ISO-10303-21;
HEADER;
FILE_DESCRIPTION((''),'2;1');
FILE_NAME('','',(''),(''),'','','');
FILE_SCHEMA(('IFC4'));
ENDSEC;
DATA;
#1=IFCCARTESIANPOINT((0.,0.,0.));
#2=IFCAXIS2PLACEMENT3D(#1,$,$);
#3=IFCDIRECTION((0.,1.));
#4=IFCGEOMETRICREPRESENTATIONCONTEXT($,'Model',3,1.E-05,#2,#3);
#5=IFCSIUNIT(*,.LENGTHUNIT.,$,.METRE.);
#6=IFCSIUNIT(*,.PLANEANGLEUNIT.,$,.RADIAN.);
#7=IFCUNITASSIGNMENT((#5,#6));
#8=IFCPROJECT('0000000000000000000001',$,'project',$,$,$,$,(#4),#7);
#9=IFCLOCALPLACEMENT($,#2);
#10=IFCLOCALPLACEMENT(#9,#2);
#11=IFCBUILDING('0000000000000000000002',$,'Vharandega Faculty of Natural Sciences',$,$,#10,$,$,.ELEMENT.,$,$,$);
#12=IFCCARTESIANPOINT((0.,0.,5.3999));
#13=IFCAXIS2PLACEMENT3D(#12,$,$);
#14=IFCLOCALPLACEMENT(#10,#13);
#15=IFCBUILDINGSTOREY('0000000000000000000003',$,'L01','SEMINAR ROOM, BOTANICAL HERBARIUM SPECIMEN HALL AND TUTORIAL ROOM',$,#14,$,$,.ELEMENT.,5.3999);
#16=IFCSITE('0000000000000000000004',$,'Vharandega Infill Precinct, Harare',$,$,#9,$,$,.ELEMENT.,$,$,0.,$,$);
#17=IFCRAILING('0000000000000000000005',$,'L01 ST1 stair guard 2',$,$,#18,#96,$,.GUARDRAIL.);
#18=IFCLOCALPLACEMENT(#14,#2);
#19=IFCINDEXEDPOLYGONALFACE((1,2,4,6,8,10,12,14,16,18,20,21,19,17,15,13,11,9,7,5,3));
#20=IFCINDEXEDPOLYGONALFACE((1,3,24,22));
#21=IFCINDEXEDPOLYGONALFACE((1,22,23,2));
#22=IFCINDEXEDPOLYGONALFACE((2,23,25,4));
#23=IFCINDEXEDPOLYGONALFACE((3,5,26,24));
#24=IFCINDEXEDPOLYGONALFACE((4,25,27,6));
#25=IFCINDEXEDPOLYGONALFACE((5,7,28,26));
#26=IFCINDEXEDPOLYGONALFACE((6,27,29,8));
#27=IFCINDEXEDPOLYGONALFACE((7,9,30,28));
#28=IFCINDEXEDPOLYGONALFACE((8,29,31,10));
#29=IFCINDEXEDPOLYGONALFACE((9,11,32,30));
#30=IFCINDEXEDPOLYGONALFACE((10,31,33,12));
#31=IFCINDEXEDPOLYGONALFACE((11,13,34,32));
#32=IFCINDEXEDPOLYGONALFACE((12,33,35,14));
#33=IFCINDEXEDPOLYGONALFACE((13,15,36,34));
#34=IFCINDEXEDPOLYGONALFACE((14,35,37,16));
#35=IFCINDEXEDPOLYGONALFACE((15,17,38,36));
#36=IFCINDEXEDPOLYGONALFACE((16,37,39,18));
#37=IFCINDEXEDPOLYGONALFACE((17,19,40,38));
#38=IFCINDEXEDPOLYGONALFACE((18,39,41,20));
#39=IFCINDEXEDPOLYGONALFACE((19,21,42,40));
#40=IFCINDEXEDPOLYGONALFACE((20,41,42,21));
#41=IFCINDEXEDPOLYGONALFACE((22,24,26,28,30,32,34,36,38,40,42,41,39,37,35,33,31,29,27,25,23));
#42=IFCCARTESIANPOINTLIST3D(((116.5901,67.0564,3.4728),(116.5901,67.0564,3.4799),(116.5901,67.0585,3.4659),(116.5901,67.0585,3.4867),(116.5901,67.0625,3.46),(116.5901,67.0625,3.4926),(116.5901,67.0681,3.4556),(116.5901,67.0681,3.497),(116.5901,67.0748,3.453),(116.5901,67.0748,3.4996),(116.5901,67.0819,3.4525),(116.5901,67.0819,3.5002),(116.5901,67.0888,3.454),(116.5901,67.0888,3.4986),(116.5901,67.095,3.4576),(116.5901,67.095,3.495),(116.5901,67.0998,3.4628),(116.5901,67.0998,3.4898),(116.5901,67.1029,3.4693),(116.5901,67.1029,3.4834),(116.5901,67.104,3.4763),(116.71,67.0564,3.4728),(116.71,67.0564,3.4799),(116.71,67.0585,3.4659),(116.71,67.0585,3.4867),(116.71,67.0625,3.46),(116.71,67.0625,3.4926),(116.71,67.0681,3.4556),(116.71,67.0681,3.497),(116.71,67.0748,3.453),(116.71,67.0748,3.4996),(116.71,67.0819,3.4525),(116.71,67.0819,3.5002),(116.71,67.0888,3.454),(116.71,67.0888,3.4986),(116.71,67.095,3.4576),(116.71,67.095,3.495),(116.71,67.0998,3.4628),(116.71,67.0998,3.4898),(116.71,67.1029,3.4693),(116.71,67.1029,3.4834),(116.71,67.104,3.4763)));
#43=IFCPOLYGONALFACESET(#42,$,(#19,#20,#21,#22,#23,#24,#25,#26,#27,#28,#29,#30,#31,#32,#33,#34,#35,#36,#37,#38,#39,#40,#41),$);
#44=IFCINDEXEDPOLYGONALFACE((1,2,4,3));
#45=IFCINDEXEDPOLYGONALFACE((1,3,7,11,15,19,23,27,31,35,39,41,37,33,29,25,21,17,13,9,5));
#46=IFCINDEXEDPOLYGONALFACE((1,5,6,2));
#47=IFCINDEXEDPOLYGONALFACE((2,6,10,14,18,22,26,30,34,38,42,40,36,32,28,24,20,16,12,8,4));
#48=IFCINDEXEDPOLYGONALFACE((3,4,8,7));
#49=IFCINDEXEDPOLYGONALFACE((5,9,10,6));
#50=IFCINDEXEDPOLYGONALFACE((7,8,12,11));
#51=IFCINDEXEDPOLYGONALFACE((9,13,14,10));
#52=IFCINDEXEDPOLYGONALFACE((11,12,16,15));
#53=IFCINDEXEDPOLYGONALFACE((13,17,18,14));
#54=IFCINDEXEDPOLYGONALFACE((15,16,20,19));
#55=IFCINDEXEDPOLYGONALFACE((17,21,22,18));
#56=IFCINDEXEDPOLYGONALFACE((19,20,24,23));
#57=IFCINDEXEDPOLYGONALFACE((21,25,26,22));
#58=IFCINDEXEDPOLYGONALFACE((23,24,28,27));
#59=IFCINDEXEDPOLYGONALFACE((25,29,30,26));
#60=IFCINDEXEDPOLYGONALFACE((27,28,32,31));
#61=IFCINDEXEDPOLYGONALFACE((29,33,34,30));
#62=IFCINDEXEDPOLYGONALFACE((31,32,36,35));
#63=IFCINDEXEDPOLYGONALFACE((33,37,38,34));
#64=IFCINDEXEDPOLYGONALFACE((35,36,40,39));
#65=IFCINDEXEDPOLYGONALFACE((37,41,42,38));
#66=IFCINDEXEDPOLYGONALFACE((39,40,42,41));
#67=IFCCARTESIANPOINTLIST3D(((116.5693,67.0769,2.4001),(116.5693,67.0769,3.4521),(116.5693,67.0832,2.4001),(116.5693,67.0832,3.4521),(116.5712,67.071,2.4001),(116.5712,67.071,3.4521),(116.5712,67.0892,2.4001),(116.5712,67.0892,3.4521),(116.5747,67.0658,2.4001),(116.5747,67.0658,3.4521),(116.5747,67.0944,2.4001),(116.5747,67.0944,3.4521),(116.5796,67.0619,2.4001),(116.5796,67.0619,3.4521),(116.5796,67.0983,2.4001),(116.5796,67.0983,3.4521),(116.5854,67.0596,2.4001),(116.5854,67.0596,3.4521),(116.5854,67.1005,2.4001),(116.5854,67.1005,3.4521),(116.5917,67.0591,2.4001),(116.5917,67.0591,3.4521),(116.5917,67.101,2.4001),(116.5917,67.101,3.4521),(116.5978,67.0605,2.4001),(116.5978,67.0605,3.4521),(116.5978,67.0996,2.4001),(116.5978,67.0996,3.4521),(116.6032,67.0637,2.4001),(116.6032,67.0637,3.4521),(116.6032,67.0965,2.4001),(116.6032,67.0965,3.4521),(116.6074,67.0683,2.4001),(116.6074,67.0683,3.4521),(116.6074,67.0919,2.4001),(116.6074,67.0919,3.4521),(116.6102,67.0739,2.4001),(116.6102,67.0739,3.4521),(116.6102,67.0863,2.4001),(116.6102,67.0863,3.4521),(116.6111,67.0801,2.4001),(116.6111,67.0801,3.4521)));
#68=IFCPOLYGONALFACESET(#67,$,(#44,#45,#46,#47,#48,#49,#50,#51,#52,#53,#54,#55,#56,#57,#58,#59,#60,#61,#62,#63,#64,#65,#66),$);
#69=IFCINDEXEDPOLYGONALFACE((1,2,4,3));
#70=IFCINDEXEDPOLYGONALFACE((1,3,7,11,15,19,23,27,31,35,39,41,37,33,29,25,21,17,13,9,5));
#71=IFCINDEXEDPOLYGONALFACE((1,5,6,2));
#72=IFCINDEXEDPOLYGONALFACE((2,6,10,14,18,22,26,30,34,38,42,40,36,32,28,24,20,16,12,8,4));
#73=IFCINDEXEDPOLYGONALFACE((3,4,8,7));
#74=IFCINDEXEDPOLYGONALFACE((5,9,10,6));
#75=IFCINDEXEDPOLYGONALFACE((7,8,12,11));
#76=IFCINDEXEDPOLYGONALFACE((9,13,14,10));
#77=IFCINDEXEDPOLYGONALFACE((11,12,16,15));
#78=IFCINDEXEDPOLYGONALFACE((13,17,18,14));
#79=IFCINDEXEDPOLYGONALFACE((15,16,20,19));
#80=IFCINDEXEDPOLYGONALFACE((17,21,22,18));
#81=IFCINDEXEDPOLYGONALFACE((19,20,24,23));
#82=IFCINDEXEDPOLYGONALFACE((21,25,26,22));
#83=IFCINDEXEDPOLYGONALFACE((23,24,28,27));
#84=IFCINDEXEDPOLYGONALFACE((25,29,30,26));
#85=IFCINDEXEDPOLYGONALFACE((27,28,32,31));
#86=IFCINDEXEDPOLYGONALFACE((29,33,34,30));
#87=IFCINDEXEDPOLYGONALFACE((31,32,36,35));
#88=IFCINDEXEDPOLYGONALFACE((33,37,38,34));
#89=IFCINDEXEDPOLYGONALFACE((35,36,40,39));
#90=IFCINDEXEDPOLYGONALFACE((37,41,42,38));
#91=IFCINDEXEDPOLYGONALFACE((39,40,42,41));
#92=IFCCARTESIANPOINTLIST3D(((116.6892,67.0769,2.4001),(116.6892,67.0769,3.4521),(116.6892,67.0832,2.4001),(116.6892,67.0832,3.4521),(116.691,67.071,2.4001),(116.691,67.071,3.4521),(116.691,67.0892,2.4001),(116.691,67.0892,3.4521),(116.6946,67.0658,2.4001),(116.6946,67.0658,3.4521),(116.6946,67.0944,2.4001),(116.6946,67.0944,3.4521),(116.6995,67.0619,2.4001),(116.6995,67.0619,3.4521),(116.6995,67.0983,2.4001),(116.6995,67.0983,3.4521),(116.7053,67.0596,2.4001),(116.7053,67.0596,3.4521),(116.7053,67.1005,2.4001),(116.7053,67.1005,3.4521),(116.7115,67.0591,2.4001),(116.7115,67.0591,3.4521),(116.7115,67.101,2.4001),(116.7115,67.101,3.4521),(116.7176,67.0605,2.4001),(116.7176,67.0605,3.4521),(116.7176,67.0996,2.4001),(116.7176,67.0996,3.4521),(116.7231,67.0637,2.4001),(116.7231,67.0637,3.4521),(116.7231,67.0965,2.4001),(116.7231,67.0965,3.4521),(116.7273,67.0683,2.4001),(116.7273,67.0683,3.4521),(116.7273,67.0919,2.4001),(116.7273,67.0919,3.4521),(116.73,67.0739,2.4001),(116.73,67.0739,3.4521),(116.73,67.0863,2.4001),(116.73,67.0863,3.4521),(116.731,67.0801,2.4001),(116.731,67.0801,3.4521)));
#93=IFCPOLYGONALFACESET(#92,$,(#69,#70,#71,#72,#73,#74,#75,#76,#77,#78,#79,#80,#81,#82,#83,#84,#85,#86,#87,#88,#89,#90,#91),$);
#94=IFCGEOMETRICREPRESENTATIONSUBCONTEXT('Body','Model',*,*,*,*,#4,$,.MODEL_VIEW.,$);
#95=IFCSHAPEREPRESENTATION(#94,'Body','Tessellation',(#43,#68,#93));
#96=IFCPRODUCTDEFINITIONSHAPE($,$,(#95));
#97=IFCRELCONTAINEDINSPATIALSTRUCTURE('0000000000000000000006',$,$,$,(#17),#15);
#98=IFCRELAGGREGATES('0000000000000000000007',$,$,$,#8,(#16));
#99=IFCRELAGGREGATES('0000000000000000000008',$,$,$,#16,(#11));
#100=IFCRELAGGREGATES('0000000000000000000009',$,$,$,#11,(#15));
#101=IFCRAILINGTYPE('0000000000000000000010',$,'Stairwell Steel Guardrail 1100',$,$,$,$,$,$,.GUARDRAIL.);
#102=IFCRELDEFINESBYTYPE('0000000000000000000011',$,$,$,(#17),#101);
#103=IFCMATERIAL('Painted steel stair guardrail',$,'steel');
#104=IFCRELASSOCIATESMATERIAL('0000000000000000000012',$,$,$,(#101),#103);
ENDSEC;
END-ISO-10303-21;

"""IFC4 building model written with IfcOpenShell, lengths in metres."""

from ifc_helpers import new_model, si_unit, direction, frame, origin, origin_2d, place, context, subcontext, project, spatial, circle, extrude, material, type_object, element, save


model = new_model("IFC4")

# Units and contexts
model_context = context("Model", 3, precision=1e-05, world=origin(), true_north=direction((0.0, 1.0)))
body_context = subcontext(model_context, "Body", "Model", "MODEL_VIEW")
ifc_project = project(units=[si_unit("LENGTHUNIT", "METRE"), si_unit("PLANEANGLEUNIT", "RADIAN")], contexts=[model_context])

# Site, building, storey
site_placement = place(None, origin())
site = spatial("IfcSite", under=ifc_project, at=site_placement, Name="Vharandega Infill Precinct, Harare", CompositionType="ELEMENT", RefElevation=0.0)
building_placement = place(site_placement, origin())
building = spatial("IfcBuilding", under=site, at=building_placement, Name="Vharandega Faculty of Natural Sciences", CompositionType="ELEMENT")
storey_placement = place(building_placement, frame((0.0, 0.0, 5.3999)))
storey = spatial("IfcBuildingStorey", under=building, at=storey_placement, Name="L01", Description="SEMINAR ROOM, BOTANICAL HERBARIUM SPECIMEN HALL AND TUTORIAL ROOM", CompositionType="ELEMENT", Elevation=5.3999)

# Railing
ifc_material_1 = material(Name="Painted steel stair guardrail", Category="steel")
railing_type_1 = type_object("IfcRailingType", Name="Stairwell Steel Guardrail 1100", PredefinedType="GUARDRAIL", material=ifc_material_1)
railing_1_placement = place(storey_placement, frame((116.5901, 67.0801, 2.4001)))
element("IfcRailing", 1, at=railing_1_placement, inside=storey, type_object=railing_type_1, Name="L01 ST1 stair guard 2", PredefinedType="GUARDRAIL", context=body_context, shape_type="SweptSolid", body=[
    extrude(circle(Radius=0.0239, at=origin_2d()), frame((0.0, 0.0, 1.0762), z_axis=(1.0, 0.0, 0.0), x_axis=(0.0, 1.0, 0.0)), (0.0, 0.0, 1.0), 0.1199),
    extrude(circle(Radius=0.021, at=origin_2d()), origin(), (0.0, 0.0, 1.0), 1.052),
    extrude(circle(Radius=0.021, at=origin_2d()), frame((0.1199, 0.0, 0.0)), (0.0, 0.0, 1.0), 1.052),
])

save(model, "model.ifc")
